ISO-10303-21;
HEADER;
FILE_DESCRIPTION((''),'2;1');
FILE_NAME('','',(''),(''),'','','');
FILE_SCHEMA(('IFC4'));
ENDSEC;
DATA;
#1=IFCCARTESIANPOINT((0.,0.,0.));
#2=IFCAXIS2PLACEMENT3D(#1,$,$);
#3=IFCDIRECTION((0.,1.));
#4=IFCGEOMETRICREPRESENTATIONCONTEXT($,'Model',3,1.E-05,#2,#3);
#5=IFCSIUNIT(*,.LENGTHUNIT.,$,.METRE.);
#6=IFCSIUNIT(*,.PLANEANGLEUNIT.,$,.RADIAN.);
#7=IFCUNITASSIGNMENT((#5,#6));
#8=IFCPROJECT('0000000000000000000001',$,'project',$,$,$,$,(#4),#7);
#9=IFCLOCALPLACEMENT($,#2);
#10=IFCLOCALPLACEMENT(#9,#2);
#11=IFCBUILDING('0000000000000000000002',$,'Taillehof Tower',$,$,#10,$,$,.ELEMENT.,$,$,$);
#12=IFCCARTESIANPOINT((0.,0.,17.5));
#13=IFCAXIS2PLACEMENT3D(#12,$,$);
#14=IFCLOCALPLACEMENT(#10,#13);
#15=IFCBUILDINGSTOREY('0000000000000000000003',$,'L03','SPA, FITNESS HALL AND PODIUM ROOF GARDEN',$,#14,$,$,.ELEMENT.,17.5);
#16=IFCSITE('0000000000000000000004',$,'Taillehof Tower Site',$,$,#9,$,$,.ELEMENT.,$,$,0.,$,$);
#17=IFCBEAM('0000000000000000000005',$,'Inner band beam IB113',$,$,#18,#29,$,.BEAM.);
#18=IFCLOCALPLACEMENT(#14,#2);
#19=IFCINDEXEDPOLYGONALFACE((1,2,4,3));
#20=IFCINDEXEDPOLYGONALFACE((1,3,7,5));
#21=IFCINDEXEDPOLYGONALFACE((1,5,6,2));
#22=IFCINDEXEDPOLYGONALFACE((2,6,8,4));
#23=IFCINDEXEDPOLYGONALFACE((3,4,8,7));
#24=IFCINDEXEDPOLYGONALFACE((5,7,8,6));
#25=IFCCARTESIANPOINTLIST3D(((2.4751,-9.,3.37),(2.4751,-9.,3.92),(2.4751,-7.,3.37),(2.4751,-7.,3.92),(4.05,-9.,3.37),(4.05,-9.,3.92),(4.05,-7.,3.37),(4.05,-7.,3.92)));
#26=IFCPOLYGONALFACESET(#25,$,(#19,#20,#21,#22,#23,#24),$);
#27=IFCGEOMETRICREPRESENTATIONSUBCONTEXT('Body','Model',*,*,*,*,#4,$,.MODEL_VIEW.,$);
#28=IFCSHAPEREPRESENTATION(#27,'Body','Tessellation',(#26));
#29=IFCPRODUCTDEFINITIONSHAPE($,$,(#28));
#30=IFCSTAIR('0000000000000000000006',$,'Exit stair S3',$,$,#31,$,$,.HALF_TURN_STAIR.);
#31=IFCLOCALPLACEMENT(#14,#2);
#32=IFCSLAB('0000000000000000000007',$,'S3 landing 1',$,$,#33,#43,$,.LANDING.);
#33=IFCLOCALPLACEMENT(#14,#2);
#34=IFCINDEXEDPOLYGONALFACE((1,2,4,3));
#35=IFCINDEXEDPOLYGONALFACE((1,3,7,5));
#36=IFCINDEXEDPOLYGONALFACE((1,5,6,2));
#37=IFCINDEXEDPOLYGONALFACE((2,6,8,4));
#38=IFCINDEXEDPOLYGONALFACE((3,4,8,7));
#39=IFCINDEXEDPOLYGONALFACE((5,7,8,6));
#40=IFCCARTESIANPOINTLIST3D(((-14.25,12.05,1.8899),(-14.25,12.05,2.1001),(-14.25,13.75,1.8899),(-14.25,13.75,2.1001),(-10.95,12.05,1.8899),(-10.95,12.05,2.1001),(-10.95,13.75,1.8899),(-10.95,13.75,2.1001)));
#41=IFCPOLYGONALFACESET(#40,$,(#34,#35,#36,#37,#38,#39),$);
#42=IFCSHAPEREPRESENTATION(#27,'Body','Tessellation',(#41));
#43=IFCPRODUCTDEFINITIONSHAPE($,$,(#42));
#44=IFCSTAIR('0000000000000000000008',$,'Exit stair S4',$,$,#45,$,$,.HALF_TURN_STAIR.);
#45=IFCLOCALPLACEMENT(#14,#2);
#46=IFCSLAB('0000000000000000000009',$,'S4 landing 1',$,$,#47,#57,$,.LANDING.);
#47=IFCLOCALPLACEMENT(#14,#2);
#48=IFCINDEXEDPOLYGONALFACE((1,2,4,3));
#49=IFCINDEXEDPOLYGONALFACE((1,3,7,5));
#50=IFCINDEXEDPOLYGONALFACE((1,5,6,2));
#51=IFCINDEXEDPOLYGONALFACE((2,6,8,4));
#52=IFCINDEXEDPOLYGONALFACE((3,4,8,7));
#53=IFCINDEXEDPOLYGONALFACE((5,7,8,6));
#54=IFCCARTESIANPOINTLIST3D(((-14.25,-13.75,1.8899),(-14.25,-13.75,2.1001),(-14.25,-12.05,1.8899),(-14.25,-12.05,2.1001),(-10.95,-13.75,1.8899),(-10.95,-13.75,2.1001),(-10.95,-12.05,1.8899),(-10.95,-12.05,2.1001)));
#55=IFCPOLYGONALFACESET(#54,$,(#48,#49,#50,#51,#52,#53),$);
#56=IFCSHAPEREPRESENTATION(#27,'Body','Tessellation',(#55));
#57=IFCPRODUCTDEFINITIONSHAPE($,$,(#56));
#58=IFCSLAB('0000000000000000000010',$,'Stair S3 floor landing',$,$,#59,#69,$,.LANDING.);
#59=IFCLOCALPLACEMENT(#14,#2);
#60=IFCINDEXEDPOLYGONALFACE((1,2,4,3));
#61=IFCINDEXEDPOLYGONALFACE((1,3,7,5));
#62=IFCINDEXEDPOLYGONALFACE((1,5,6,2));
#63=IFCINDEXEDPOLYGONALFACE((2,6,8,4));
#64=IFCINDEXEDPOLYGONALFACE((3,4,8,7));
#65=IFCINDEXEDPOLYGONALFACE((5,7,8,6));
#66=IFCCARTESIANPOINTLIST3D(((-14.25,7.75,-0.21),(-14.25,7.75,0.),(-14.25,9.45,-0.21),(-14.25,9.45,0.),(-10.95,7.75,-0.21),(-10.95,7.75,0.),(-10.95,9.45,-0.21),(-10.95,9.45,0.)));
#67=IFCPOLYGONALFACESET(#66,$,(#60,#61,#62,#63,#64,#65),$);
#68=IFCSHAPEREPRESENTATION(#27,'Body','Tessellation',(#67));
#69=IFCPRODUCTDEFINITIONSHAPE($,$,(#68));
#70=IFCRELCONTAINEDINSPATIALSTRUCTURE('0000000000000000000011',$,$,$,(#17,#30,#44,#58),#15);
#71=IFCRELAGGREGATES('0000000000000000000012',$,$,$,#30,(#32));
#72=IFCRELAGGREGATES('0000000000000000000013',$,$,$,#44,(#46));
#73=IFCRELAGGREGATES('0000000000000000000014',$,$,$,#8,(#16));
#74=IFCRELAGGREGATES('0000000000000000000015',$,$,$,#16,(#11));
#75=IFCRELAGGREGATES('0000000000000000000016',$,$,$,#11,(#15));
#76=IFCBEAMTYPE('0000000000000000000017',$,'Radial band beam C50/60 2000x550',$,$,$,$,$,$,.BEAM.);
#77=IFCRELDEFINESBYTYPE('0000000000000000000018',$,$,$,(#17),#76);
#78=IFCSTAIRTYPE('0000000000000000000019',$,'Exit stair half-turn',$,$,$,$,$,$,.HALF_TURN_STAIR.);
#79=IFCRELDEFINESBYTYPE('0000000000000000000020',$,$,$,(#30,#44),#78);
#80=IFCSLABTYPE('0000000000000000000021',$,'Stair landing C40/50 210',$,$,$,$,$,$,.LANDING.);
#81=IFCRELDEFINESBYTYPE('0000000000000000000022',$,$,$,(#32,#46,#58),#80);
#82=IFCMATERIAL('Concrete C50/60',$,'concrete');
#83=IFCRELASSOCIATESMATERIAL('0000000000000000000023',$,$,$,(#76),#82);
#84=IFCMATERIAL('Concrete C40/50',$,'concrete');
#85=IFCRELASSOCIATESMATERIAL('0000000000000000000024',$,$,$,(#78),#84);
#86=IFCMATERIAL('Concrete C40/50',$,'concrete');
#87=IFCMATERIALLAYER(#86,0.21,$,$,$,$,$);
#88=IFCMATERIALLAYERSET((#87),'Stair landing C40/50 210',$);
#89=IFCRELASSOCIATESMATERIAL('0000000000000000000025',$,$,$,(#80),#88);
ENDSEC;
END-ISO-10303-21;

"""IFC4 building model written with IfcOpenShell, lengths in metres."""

from ifc_helpers import new_model, si_unit, direction, frame, origin, origin_2d, place, context, subcontext, project, spatial, polyline, rectangle, outline, extrude, material, layer, layer_set, material_profile, profile_set, type_object, element, aggregate, save


model = new_model("IFC4")

# Units and contexts
model_context = context("Model", 3, precision=1e-05, world=origin(), true_north=direction((0.0, 1.0)))
body_context = subcontext(model_context, "Body", "Model", "MODEL_VIEW")
ifc_project = project(units=[si_unit("LENGTHUNIT", "METRE"), si_unit("PLANEANGLEUNIT", "RADIAN")], contexts=[model_context])

# Site, building, storey
site_placement = place(None, origin())
site = spatial("IfcSite", under=ifc_project, at=site_placement, Name="Taillehof Tower Site", CompositionType="ELEMENT", RefElevation=0.0)
building_placement = place(site_placement, origin())
building = spatial("IfcBuilding", under=site, at=building_placement, Name="Taillehof Tower", CompositionType="ELEMENT")
storey_placement = place(building_placement, frame((0.0, 0.0, 17.5)))
storey = spatial("IfcBuildingStorey", under=building, at=storey_placement, Name="L03", Description="SPA, FITNESS HALL AND PODIUM ROOF GARDEN", CompositionType="ELEMENT", Elevation=17.5)

# Beam
ifc_material_1 = material(Name="Concrete C50/60", Category="concrete")
ifc_material_profile = material_profile(ifc_material_1, rectangle(XDim=2.0, YDim=0.55, at=origin_2d()), Name="RC 2000x550")
ifc_profile_set = profile_set([ifc_material_profile], Name="Concrete C50/60")
beam_type = type_object("IfcBeamType", Name="Radial band beam C50/60 2000x550", PredefinedType="BEAM", material=ifc_profile_set)
beam_placement = place(storey_placement, frame((2.4751, -8.0, 3.645), z_axis=(1.0, 0.0, 0.0), x_axis=(0.0, 1.0, 0.0)))
element("IfcBeam", 1, at=beam_placement, inside=storey, type_object=beam_type, Name="Inner band beam IB113", PredefinedType="BEAM", context=body_context, shape_type="SweptSolid", body=[
    extrude(rectangle(XDim=2.0, YDim=0.55, at=origin_2d()), origin(), (0.0, 0.0, 1.0), 1.575),
])

# Stairs, slabs
ifc_material_2 = material(Name="Concrete C40/50", Category="concrete")
stair_type = type_object("IfcStairType", Name="Exit stair half-turn", PredefinedType="HALF_TURN_STAIR", material=ifc_material_2)
stair_1_placement = place(storey_placement, origin())
stair_1 = element("IfcStair", 2, at=stair_1_placement, inside=storey, type_object=stair_type, Name="Exit stair S3", PredefinedType="HALF_TURN_STAIR")
ifc_material_3 = material(Name="Concrete C40/50", Category="concrete")
ifc_layer_1 = layer(ifc_material_3, 0.21)
ifc_layer_set_1 = layer_set([ifc_layer_1], Name="Stair landing C40/50 210")
slab_type = type_object("IfcSlabType", Name="Stair landing C40/50 210", PredefinedType="LANDING", material=ifc_layer_set_1)
slab_1_placement = place(storey_placement, frame((0.0, 0.0, 1.8899)))
slab_1 = element("IfcSlab", 3, at=slab_1_placement, type_object=slab_type, Name="S3 landing 1", PredefinedType="LANDING", context=body_context, shape_type="SweptSolid", body=[
    extrude(outline(polyline([(-14.25, 12.05), (-14.25, 13.75), (-10.95, 13.75), (-10.95, 12.05), (-14.25, 12.05)])), origin(), (0.0, 0.0, 1.0), 0.2102),
])
aggregate(stair_1, [slab_1])
stair_2_placement = place(storey_placement, origin())
stair_2 = element("IfcStair", 4, at=stair_2_placement, inside=storey, type_object=stair_type, Name="Exit stair S4", PredefinedType="HALF_TURN_STAIR")
slab_2_placement = place(storey_placement, frame((0.0, 0.0, 1.8899)))
slab_2 = element("IfcSlab", 5, at=slab_2_placement, type_object=slab_type, Name="S4 landing 1", PredefinedType="LANDING", context=body_context, shape_type="SweptSolid", body=[
    extrude(outline(polyline([(-14.25, -12.05), (-14.25, -13.75), (-10.95, -13.75), (-10.95, -12.05), (-14.25, -12.05)])), origin(), (0.0, 0.0, 1.0), 0.2102),
])
aggregate(stair_2, [slab_2])

# Slab
slab_3_placement = place(storey_placement, frame((0.0, 0.0, -0.21)))
element("IfcSlab", 6, at=slab_3_placement, inside=storey, type_object=slab_type, Name="Stair S3 floor landing", PredefinedType="LANDING", context=body_context, shape_type="SweptSolid", body=[
    extrude(outline(polyline([(-14.25, 7.75), (-14.25, 9.45), (-10.95, 9.45), (-10.95, 7.75), (-14.25, 7.75)])), origin(), (0.0, 0.0, 1.0), 0.21),
])

save(model, "model.ifc")
